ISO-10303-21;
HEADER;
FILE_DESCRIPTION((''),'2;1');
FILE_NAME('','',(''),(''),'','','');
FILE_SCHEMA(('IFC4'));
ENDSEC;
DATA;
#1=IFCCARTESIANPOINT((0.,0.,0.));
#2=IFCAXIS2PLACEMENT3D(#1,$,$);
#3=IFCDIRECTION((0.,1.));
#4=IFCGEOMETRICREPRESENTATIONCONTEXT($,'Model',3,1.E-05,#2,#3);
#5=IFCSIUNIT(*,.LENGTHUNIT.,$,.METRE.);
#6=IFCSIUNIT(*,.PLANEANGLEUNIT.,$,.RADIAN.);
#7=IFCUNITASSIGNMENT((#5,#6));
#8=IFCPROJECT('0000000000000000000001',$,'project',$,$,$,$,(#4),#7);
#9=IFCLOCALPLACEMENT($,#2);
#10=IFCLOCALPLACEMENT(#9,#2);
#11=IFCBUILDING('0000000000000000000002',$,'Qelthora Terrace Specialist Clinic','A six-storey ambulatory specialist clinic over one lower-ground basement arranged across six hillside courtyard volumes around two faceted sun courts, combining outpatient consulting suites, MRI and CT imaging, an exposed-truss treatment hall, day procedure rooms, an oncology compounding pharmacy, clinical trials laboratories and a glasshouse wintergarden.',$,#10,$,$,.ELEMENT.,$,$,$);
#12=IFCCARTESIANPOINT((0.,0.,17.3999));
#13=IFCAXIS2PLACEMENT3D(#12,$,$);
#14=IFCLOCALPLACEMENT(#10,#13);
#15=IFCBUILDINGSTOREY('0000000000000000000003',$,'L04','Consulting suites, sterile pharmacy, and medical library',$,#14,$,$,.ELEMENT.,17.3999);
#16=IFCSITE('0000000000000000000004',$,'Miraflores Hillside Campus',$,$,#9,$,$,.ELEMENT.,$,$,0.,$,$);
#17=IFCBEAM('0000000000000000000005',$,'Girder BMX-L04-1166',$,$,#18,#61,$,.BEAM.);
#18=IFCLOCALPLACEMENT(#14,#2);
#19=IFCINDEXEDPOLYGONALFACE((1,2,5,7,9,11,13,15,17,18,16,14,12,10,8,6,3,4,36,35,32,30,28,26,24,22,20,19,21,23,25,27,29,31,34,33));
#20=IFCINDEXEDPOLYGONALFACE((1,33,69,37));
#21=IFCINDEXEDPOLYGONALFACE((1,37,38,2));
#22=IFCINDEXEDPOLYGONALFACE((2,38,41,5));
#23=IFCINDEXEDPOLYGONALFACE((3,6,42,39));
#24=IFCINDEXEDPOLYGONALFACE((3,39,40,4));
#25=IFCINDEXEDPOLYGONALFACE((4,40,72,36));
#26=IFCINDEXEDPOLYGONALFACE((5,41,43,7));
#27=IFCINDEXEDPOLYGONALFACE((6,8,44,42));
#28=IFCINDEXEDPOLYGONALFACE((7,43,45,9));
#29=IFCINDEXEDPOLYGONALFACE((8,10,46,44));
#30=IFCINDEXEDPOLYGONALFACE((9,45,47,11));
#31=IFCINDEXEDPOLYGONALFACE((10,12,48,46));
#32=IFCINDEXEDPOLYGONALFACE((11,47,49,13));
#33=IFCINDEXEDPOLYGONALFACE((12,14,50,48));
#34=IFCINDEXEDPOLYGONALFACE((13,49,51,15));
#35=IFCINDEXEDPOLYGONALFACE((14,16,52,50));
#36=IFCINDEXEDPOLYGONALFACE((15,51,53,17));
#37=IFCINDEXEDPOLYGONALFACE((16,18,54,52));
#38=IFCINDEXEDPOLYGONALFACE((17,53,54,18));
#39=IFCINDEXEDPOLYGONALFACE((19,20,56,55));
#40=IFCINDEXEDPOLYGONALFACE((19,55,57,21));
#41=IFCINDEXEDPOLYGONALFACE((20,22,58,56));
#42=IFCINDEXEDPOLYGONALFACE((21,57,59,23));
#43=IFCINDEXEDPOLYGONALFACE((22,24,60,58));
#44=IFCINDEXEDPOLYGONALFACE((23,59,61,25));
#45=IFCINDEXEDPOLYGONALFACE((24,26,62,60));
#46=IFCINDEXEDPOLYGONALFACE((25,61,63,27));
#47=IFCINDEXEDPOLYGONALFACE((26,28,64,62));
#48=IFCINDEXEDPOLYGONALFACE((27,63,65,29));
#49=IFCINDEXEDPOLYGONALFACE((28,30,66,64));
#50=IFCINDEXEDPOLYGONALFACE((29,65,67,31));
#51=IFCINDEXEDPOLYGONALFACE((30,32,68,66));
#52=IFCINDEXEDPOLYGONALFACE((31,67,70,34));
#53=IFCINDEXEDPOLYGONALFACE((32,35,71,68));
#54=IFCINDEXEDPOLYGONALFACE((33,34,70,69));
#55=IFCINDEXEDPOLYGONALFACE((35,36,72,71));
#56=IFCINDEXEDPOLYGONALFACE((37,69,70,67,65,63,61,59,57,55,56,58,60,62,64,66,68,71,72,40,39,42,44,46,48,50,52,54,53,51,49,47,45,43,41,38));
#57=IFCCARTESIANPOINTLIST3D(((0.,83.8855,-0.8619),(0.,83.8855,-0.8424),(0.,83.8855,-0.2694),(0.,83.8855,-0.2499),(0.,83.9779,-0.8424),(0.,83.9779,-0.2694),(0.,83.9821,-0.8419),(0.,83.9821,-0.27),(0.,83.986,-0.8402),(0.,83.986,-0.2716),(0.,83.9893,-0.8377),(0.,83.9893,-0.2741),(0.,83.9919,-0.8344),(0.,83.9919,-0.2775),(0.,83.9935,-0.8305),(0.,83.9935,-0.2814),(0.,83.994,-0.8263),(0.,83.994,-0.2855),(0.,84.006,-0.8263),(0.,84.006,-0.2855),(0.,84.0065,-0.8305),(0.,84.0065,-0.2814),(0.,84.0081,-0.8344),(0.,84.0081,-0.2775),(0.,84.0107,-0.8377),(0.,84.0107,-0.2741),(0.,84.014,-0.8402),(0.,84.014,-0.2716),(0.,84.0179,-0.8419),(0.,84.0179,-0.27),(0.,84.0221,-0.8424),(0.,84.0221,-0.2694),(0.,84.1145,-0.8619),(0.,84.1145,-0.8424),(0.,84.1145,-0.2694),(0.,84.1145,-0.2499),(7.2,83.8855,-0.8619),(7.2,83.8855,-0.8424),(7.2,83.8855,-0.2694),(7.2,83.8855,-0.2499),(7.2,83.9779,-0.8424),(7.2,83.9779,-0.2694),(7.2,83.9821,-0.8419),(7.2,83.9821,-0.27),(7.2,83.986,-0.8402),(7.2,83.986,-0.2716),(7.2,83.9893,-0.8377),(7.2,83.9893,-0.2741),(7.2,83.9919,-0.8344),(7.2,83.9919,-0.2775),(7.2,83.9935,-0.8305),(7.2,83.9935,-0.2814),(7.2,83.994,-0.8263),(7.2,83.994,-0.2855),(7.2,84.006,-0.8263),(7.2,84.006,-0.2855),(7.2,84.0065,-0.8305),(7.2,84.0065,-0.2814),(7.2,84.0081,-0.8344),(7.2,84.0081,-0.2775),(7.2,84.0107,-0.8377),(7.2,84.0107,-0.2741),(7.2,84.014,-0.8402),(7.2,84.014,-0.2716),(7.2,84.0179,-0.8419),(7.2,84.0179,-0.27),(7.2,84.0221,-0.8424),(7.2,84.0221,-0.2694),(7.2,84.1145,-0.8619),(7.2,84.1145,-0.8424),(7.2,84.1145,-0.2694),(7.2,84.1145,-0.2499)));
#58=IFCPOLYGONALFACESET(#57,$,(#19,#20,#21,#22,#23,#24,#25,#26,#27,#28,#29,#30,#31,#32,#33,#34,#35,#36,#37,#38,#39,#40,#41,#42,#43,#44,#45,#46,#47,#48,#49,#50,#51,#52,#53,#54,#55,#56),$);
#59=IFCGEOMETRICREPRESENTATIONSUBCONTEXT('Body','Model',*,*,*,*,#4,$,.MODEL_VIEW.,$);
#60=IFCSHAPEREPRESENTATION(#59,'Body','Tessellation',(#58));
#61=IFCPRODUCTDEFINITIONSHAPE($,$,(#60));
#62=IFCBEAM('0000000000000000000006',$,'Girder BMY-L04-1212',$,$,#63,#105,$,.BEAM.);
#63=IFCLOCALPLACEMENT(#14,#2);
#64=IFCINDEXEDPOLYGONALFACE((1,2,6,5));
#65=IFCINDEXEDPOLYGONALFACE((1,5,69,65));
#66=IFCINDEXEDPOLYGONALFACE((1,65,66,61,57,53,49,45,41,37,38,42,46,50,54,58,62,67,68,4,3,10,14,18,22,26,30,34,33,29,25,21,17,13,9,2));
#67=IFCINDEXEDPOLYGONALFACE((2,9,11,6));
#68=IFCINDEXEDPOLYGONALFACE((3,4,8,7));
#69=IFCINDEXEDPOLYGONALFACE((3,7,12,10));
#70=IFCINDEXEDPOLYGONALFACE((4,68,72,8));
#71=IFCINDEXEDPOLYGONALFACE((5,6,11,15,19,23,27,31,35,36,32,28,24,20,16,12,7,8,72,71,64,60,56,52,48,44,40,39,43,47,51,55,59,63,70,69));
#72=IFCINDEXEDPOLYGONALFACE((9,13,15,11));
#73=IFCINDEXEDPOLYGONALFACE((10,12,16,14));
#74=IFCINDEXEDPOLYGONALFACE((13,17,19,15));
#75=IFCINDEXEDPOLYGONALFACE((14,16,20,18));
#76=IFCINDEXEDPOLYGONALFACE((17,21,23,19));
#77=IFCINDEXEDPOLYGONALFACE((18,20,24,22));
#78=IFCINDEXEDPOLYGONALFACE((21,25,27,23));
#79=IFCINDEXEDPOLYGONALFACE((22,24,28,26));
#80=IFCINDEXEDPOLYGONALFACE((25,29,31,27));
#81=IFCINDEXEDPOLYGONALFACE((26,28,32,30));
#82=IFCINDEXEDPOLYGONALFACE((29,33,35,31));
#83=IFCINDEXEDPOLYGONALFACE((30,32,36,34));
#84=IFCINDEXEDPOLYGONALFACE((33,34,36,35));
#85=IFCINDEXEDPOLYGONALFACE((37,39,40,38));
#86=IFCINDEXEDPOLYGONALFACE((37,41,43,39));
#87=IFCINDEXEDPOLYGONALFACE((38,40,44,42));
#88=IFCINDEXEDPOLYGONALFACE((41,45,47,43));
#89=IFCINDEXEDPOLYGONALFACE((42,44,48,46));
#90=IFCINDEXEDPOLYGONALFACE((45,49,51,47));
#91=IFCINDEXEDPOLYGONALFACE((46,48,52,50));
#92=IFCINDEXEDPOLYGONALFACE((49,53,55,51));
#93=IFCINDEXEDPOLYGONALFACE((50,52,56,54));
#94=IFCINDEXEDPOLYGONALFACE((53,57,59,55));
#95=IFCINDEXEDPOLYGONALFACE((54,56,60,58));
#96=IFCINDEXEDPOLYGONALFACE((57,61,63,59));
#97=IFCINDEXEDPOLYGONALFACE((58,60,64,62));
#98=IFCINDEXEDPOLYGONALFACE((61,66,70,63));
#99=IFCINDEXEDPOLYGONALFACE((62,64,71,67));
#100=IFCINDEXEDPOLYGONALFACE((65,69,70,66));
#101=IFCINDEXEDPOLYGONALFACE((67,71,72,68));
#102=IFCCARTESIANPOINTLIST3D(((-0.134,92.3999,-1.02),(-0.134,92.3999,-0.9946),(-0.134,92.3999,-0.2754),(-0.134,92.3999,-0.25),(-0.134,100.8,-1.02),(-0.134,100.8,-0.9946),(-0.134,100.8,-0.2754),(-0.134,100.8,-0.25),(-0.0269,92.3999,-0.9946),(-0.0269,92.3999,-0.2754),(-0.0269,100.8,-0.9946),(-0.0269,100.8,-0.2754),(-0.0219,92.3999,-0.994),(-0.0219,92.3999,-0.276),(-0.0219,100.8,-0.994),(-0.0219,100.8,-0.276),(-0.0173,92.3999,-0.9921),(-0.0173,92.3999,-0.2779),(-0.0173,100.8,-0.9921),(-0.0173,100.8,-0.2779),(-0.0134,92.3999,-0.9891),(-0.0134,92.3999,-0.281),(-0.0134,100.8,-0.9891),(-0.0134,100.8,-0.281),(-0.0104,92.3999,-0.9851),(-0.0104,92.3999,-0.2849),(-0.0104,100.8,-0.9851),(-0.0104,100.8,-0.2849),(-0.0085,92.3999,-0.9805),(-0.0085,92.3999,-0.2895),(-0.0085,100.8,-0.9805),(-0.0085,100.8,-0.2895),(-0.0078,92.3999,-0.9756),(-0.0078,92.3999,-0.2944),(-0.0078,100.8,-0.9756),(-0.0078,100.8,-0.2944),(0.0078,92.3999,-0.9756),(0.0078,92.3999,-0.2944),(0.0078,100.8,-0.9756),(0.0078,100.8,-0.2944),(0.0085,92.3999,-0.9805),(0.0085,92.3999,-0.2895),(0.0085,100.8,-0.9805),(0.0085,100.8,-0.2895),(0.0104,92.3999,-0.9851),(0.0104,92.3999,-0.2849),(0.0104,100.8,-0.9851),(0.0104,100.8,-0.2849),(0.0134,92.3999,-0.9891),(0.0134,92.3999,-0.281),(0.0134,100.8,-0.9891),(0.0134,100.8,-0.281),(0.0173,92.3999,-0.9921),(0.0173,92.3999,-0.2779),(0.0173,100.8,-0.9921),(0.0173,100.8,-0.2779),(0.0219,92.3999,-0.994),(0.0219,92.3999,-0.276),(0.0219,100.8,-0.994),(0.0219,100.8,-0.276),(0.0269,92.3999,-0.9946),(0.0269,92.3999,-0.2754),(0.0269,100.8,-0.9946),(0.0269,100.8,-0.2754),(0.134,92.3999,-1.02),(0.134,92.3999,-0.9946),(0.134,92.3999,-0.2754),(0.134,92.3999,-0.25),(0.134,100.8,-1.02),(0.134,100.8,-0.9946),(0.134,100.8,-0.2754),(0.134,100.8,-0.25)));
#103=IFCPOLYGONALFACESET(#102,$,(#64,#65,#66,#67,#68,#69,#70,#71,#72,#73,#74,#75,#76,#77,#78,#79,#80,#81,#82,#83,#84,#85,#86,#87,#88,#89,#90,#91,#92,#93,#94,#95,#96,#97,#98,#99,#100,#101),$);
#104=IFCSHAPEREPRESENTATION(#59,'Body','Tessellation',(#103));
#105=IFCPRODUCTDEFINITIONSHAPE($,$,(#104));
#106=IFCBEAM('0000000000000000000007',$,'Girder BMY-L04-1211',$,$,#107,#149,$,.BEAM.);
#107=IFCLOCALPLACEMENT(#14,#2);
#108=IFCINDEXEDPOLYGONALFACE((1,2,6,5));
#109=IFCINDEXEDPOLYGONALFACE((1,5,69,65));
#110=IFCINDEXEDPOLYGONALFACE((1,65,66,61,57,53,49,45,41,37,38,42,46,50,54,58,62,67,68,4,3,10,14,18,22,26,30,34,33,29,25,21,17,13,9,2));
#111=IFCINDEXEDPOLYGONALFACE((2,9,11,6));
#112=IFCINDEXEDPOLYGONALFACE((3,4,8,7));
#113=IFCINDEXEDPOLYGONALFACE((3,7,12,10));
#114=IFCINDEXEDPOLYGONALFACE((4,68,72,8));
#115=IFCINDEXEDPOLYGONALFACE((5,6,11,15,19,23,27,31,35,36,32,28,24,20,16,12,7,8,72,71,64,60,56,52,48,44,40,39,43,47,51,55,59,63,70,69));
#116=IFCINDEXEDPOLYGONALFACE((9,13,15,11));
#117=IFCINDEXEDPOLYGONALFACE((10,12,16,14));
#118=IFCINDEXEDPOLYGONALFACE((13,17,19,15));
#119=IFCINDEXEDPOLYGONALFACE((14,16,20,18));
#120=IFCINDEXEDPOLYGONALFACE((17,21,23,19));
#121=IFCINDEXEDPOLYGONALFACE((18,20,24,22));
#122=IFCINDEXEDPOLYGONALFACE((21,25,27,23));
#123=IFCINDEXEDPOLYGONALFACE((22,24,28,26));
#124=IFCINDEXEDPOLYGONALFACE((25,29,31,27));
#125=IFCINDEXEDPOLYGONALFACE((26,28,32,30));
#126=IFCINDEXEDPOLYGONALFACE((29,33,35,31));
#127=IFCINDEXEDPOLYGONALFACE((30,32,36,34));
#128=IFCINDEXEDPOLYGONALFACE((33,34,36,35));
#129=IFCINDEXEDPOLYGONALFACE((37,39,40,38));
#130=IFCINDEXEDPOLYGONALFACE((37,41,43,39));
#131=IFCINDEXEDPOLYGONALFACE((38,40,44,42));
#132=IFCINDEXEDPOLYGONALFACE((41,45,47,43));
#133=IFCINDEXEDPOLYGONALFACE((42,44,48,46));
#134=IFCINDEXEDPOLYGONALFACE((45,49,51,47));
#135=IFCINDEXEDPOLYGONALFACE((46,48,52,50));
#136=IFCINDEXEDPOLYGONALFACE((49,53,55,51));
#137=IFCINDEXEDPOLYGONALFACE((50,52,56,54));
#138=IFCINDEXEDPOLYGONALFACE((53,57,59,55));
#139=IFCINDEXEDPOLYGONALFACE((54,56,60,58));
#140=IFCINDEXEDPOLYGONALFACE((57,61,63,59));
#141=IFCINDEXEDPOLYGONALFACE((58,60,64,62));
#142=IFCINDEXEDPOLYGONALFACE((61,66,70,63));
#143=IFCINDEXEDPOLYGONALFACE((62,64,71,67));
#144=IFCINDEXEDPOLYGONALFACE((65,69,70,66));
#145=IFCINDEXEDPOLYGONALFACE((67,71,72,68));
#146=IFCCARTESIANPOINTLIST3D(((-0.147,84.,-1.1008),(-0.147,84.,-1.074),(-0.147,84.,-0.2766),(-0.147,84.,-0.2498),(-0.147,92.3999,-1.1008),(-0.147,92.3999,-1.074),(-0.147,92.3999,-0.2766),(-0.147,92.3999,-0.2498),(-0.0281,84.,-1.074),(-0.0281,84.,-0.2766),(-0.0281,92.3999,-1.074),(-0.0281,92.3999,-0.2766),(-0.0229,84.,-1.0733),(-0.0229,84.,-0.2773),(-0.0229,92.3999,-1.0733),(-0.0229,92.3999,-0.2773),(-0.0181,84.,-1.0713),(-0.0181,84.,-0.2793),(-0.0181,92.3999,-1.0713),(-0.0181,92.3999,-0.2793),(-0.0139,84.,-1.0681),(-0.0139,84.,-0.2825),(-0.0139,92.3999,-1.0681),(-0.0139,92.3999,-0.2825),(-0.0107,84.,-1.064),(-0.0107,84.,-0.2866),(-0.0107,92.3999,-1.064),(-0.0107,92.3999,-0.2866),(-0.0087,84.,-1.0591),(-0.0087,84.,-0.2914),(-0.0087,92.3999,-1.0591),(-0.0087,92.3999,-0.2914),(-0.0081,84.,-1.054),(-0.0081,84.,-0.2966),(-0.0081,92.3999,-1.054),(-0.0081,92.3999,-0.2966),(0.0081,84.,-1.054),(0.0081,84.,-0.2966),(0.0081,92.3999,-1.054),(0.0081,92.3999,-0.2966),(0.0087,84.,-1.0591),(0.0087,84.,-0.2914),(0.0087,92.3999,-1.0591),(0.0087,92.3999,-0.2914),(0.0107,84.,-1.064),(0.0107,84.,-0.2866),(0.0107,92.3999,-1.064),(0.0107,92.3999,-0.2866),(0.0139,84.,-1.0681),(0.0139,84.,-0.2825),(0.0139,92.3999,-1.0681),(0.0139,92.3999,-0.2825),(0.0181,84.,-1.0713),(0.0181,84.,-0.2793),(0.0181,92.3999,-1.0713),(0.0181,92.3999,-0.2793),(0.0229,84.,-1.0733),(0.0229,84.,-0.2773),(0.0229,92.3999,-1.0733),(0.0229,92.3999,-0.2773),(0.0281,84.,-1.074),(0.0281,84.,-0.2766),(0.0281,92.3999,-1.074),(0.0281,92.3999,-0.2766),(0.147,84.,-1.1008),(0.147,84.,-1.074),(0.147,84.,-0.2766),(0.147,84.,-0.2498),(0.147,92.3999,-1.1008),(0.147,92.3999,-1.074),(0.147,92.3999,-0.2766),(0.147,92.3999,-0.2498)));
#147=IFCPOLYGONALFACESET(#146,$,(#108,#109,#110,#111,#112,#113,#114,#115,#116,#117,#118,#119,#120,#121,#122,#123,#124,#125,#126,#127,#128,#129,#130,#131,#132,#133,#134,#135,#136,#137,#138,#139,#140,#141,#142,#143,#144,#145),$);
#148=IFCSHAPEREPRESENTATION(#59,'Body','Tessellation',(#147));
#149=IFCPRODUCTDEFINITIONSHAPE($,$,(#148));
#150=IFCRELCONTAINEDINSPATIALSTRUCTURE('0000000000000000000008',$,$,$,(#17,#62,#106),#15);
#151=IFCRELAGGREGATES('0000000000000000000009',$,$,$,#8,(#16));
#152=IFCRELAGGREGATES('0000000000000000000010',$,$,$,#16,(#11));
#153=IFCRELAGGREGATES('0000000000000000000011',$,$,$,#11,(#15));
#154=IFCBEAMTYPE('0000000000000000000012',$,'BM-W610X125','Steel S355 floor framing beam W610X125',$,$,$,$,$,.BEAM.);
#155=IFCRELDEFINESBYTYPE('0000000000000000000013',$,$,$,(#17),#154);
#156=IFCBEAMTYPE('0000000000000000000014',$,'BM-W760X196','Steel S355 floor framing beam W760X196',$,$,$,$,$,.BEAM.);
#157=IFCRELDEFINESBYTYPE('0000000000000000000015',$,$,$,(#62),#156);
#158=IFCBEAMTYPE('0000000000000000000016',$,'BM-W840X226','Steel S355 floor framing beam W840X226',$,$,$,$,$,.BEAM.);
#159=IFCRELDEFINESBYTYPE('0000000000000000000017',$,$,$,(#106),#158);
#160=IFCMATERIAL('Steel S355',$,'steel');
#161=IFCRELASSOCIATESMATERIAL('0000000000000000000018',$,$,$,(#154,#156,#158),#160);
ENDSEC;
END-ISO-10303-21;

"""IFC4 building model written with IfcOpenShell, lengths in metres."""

from ifc_helpers import new_model, si_unit, direction, frame, origin, origin_2d, place, context, subcontext, project, spatial, i_section, extrude, material, material_profile, profile_set, type_object, element, save


model = new_model("IFC4")

# Units and contexts
model_context = context("Model", 3, precision=1e-05, world=origin(), true_north=direction((0.0, 1.0)))
body_context = subcontext(model_context, "Body", "Model", "MODEL_VIEW")
ifc_project = project(units=[si_unit("LENGTHUNIT", "METRE"), si_unit("PLANEANGLEUNIT", "RADIAN")], contexts=[model_context])

# Site, building, storey
site_placement = place(None, origin())
site = spatial("IfcSite", under=ifc_project, at=site_placement, Name="Miraflores Hillside Campus", CompositionType="ELEMENT", RefElevation=0.0)
building_placement = place(site_placement, origin())
building = spatial("IfcBuilding", under=site, at=building_placement, Name="Qelthora Terrace Specialist Clinic", Description="A six-storey ambulatory specialist clinic over one lower-ground basement arranged across six hillside courtyard volumes around two faceted sun courts, combining outpatient consulting suites, MRI and CT imaging, an exposed-truss treatment hall, day procedure rooms, an oncology compounding pharmacy, clinical trials laboratories and a glasshouse wintergarden.", CompositionType="ELEMENT")
storey_placement = place(building_placement, frame((0.0, 0.0, 17.3999)))
storey = spatial("IfcBuildingStorey", under=building, at=storey_placement, Name="L04", Description="Consulting suites, sterile pharmacy, and medical library", CompositionType="ELEMENT", Elevation=17.3999)

# Shared definitions
ifc_material_1 = material(Name="Steel S355", Category="steel")

# Beams
ifc_material_profile_1 = material_profile(ifc_material_1, i_section(OverallWidth=0.229, OverallDepth=0.6121, WebThickness=0.012, FlangeThickness=0.0195, FilletRadius=0.0161, at=origin_2d()), Name="W610X125")
ifc_profile_set_1 = profile_set([ifc_material_profile_1], Name="Steel S355")
beam_type_1 = type_object("IfcBeamType", Name="BM-W610X125", Description="Steel S355 floor framing beam W610X125", PredefinedType="BEAM", material=ifc_profile_set_1)
beam_1_placement = place(storey_placement, frame((0.0, 84.0, -0.5559), z_axis=(1.0, 0.0, 0.0), x_axis=(0.0, 1.0, 0.0)))
element("IfcBeam", 1, at=beam_1_placement, inside=storey, type_object=beam_type_1, Name="Girder BMX-L04-1166", PredefinedType="BEAM", context=body_context, shape_type="SweptSolid", body=[
    extrude(i_section(OverallWidth=0.229, OverallDepth=0.6121, WebThickness=0.012, FlangeThickness=0.0195, FilletRadius=0.0161, at=origin_2d()), origin(), (0.0, 0.0, 1.0), 7.2),
])
ifc_material_profile_2 = material_profile(ifc_material_1, i_section(OverallWidth=0.2681, OverallDepth=0.77, WebThickness=0.0156, FlangeThickness=0.0254, FilletRadius=0.019, at=origin_2d()), Name="W760X196")
ifc_profile_set_2 = profile_set([ifc_material_profile_2], Name="Steel S355")
beam_type_2 = type_object("IfcBeamType", Name="BM-W760X196", Description="Steel S355 floor framing beam W760X196", PredefinedType="BEAM", material=ifc_profile_set_2)
beam_2_placement = place(storey_placement, frame((0.0, 92.3999, -0.635), z_axis=(0.0, 1.0, 0.0), x_axis=(-1.0, 0.0, 0.0)))
element("IfcBeam", 2, at=beam_2_placement, inside=storey, type_object=beam_type_2, Name="Girder BMY-L04-1212", PredefinedType="BEAM", context=body_context, shape_type="SweptSolid", body=[
    extrude(i_section(OverallWidth=0.2681, OverallDepth=0.77, WebThickness=0.0156, FlangeThickness=0.0254, FilletRadius=0.019, at=origin_2d()), origin(), (0.0, 0.0, 1.0), 8.4001),
])
ifc_material_profile_3 = material_profile(ifc_material_1, i_section(OverallWidth=0.2939, OverallDepth=0.8511, WebThickness=0.0161, FlangeThickness=0.0269, FilletRadius=0.02, at=origin_2d()), Name="W840X226")
ifc_profile_set_3 = profile_set([ifc_material_profile_3], Name="Steel S355")
beam_type_3 = type_object("IfcBeamType", Name="BM-W840X226", Description="Steel S355 floor framing beam W840X226", PredefinedType="BEAM", material=ifc_profile_set_3)
beam_3_placement = place(storey_placement, frame((0.0, 84.0, -0.6753), z_axis=(0.0, 1.0, 0.0), x_axis=(-1.0, 0.0, 0.0)))
element("IfcBeam", 3, at=beam_3_placement, inside=storey, type_object=beam_type_3, Name="Girder BMY-L04-1211", PredefinedType="BEAM", context=body_context, shape_type="SweptSolid", body=[
    extrude(i_section(OverallWidth=0.2939, OverallDepth=0.8511, WebThickness=0.0161, FlangeThickness=0.0269, FilletRadius=0.02, at=origin_2d()), origin(), (0.0, 0.0, 1.0), 8.3999),
])

save(model, "model.ifc")
